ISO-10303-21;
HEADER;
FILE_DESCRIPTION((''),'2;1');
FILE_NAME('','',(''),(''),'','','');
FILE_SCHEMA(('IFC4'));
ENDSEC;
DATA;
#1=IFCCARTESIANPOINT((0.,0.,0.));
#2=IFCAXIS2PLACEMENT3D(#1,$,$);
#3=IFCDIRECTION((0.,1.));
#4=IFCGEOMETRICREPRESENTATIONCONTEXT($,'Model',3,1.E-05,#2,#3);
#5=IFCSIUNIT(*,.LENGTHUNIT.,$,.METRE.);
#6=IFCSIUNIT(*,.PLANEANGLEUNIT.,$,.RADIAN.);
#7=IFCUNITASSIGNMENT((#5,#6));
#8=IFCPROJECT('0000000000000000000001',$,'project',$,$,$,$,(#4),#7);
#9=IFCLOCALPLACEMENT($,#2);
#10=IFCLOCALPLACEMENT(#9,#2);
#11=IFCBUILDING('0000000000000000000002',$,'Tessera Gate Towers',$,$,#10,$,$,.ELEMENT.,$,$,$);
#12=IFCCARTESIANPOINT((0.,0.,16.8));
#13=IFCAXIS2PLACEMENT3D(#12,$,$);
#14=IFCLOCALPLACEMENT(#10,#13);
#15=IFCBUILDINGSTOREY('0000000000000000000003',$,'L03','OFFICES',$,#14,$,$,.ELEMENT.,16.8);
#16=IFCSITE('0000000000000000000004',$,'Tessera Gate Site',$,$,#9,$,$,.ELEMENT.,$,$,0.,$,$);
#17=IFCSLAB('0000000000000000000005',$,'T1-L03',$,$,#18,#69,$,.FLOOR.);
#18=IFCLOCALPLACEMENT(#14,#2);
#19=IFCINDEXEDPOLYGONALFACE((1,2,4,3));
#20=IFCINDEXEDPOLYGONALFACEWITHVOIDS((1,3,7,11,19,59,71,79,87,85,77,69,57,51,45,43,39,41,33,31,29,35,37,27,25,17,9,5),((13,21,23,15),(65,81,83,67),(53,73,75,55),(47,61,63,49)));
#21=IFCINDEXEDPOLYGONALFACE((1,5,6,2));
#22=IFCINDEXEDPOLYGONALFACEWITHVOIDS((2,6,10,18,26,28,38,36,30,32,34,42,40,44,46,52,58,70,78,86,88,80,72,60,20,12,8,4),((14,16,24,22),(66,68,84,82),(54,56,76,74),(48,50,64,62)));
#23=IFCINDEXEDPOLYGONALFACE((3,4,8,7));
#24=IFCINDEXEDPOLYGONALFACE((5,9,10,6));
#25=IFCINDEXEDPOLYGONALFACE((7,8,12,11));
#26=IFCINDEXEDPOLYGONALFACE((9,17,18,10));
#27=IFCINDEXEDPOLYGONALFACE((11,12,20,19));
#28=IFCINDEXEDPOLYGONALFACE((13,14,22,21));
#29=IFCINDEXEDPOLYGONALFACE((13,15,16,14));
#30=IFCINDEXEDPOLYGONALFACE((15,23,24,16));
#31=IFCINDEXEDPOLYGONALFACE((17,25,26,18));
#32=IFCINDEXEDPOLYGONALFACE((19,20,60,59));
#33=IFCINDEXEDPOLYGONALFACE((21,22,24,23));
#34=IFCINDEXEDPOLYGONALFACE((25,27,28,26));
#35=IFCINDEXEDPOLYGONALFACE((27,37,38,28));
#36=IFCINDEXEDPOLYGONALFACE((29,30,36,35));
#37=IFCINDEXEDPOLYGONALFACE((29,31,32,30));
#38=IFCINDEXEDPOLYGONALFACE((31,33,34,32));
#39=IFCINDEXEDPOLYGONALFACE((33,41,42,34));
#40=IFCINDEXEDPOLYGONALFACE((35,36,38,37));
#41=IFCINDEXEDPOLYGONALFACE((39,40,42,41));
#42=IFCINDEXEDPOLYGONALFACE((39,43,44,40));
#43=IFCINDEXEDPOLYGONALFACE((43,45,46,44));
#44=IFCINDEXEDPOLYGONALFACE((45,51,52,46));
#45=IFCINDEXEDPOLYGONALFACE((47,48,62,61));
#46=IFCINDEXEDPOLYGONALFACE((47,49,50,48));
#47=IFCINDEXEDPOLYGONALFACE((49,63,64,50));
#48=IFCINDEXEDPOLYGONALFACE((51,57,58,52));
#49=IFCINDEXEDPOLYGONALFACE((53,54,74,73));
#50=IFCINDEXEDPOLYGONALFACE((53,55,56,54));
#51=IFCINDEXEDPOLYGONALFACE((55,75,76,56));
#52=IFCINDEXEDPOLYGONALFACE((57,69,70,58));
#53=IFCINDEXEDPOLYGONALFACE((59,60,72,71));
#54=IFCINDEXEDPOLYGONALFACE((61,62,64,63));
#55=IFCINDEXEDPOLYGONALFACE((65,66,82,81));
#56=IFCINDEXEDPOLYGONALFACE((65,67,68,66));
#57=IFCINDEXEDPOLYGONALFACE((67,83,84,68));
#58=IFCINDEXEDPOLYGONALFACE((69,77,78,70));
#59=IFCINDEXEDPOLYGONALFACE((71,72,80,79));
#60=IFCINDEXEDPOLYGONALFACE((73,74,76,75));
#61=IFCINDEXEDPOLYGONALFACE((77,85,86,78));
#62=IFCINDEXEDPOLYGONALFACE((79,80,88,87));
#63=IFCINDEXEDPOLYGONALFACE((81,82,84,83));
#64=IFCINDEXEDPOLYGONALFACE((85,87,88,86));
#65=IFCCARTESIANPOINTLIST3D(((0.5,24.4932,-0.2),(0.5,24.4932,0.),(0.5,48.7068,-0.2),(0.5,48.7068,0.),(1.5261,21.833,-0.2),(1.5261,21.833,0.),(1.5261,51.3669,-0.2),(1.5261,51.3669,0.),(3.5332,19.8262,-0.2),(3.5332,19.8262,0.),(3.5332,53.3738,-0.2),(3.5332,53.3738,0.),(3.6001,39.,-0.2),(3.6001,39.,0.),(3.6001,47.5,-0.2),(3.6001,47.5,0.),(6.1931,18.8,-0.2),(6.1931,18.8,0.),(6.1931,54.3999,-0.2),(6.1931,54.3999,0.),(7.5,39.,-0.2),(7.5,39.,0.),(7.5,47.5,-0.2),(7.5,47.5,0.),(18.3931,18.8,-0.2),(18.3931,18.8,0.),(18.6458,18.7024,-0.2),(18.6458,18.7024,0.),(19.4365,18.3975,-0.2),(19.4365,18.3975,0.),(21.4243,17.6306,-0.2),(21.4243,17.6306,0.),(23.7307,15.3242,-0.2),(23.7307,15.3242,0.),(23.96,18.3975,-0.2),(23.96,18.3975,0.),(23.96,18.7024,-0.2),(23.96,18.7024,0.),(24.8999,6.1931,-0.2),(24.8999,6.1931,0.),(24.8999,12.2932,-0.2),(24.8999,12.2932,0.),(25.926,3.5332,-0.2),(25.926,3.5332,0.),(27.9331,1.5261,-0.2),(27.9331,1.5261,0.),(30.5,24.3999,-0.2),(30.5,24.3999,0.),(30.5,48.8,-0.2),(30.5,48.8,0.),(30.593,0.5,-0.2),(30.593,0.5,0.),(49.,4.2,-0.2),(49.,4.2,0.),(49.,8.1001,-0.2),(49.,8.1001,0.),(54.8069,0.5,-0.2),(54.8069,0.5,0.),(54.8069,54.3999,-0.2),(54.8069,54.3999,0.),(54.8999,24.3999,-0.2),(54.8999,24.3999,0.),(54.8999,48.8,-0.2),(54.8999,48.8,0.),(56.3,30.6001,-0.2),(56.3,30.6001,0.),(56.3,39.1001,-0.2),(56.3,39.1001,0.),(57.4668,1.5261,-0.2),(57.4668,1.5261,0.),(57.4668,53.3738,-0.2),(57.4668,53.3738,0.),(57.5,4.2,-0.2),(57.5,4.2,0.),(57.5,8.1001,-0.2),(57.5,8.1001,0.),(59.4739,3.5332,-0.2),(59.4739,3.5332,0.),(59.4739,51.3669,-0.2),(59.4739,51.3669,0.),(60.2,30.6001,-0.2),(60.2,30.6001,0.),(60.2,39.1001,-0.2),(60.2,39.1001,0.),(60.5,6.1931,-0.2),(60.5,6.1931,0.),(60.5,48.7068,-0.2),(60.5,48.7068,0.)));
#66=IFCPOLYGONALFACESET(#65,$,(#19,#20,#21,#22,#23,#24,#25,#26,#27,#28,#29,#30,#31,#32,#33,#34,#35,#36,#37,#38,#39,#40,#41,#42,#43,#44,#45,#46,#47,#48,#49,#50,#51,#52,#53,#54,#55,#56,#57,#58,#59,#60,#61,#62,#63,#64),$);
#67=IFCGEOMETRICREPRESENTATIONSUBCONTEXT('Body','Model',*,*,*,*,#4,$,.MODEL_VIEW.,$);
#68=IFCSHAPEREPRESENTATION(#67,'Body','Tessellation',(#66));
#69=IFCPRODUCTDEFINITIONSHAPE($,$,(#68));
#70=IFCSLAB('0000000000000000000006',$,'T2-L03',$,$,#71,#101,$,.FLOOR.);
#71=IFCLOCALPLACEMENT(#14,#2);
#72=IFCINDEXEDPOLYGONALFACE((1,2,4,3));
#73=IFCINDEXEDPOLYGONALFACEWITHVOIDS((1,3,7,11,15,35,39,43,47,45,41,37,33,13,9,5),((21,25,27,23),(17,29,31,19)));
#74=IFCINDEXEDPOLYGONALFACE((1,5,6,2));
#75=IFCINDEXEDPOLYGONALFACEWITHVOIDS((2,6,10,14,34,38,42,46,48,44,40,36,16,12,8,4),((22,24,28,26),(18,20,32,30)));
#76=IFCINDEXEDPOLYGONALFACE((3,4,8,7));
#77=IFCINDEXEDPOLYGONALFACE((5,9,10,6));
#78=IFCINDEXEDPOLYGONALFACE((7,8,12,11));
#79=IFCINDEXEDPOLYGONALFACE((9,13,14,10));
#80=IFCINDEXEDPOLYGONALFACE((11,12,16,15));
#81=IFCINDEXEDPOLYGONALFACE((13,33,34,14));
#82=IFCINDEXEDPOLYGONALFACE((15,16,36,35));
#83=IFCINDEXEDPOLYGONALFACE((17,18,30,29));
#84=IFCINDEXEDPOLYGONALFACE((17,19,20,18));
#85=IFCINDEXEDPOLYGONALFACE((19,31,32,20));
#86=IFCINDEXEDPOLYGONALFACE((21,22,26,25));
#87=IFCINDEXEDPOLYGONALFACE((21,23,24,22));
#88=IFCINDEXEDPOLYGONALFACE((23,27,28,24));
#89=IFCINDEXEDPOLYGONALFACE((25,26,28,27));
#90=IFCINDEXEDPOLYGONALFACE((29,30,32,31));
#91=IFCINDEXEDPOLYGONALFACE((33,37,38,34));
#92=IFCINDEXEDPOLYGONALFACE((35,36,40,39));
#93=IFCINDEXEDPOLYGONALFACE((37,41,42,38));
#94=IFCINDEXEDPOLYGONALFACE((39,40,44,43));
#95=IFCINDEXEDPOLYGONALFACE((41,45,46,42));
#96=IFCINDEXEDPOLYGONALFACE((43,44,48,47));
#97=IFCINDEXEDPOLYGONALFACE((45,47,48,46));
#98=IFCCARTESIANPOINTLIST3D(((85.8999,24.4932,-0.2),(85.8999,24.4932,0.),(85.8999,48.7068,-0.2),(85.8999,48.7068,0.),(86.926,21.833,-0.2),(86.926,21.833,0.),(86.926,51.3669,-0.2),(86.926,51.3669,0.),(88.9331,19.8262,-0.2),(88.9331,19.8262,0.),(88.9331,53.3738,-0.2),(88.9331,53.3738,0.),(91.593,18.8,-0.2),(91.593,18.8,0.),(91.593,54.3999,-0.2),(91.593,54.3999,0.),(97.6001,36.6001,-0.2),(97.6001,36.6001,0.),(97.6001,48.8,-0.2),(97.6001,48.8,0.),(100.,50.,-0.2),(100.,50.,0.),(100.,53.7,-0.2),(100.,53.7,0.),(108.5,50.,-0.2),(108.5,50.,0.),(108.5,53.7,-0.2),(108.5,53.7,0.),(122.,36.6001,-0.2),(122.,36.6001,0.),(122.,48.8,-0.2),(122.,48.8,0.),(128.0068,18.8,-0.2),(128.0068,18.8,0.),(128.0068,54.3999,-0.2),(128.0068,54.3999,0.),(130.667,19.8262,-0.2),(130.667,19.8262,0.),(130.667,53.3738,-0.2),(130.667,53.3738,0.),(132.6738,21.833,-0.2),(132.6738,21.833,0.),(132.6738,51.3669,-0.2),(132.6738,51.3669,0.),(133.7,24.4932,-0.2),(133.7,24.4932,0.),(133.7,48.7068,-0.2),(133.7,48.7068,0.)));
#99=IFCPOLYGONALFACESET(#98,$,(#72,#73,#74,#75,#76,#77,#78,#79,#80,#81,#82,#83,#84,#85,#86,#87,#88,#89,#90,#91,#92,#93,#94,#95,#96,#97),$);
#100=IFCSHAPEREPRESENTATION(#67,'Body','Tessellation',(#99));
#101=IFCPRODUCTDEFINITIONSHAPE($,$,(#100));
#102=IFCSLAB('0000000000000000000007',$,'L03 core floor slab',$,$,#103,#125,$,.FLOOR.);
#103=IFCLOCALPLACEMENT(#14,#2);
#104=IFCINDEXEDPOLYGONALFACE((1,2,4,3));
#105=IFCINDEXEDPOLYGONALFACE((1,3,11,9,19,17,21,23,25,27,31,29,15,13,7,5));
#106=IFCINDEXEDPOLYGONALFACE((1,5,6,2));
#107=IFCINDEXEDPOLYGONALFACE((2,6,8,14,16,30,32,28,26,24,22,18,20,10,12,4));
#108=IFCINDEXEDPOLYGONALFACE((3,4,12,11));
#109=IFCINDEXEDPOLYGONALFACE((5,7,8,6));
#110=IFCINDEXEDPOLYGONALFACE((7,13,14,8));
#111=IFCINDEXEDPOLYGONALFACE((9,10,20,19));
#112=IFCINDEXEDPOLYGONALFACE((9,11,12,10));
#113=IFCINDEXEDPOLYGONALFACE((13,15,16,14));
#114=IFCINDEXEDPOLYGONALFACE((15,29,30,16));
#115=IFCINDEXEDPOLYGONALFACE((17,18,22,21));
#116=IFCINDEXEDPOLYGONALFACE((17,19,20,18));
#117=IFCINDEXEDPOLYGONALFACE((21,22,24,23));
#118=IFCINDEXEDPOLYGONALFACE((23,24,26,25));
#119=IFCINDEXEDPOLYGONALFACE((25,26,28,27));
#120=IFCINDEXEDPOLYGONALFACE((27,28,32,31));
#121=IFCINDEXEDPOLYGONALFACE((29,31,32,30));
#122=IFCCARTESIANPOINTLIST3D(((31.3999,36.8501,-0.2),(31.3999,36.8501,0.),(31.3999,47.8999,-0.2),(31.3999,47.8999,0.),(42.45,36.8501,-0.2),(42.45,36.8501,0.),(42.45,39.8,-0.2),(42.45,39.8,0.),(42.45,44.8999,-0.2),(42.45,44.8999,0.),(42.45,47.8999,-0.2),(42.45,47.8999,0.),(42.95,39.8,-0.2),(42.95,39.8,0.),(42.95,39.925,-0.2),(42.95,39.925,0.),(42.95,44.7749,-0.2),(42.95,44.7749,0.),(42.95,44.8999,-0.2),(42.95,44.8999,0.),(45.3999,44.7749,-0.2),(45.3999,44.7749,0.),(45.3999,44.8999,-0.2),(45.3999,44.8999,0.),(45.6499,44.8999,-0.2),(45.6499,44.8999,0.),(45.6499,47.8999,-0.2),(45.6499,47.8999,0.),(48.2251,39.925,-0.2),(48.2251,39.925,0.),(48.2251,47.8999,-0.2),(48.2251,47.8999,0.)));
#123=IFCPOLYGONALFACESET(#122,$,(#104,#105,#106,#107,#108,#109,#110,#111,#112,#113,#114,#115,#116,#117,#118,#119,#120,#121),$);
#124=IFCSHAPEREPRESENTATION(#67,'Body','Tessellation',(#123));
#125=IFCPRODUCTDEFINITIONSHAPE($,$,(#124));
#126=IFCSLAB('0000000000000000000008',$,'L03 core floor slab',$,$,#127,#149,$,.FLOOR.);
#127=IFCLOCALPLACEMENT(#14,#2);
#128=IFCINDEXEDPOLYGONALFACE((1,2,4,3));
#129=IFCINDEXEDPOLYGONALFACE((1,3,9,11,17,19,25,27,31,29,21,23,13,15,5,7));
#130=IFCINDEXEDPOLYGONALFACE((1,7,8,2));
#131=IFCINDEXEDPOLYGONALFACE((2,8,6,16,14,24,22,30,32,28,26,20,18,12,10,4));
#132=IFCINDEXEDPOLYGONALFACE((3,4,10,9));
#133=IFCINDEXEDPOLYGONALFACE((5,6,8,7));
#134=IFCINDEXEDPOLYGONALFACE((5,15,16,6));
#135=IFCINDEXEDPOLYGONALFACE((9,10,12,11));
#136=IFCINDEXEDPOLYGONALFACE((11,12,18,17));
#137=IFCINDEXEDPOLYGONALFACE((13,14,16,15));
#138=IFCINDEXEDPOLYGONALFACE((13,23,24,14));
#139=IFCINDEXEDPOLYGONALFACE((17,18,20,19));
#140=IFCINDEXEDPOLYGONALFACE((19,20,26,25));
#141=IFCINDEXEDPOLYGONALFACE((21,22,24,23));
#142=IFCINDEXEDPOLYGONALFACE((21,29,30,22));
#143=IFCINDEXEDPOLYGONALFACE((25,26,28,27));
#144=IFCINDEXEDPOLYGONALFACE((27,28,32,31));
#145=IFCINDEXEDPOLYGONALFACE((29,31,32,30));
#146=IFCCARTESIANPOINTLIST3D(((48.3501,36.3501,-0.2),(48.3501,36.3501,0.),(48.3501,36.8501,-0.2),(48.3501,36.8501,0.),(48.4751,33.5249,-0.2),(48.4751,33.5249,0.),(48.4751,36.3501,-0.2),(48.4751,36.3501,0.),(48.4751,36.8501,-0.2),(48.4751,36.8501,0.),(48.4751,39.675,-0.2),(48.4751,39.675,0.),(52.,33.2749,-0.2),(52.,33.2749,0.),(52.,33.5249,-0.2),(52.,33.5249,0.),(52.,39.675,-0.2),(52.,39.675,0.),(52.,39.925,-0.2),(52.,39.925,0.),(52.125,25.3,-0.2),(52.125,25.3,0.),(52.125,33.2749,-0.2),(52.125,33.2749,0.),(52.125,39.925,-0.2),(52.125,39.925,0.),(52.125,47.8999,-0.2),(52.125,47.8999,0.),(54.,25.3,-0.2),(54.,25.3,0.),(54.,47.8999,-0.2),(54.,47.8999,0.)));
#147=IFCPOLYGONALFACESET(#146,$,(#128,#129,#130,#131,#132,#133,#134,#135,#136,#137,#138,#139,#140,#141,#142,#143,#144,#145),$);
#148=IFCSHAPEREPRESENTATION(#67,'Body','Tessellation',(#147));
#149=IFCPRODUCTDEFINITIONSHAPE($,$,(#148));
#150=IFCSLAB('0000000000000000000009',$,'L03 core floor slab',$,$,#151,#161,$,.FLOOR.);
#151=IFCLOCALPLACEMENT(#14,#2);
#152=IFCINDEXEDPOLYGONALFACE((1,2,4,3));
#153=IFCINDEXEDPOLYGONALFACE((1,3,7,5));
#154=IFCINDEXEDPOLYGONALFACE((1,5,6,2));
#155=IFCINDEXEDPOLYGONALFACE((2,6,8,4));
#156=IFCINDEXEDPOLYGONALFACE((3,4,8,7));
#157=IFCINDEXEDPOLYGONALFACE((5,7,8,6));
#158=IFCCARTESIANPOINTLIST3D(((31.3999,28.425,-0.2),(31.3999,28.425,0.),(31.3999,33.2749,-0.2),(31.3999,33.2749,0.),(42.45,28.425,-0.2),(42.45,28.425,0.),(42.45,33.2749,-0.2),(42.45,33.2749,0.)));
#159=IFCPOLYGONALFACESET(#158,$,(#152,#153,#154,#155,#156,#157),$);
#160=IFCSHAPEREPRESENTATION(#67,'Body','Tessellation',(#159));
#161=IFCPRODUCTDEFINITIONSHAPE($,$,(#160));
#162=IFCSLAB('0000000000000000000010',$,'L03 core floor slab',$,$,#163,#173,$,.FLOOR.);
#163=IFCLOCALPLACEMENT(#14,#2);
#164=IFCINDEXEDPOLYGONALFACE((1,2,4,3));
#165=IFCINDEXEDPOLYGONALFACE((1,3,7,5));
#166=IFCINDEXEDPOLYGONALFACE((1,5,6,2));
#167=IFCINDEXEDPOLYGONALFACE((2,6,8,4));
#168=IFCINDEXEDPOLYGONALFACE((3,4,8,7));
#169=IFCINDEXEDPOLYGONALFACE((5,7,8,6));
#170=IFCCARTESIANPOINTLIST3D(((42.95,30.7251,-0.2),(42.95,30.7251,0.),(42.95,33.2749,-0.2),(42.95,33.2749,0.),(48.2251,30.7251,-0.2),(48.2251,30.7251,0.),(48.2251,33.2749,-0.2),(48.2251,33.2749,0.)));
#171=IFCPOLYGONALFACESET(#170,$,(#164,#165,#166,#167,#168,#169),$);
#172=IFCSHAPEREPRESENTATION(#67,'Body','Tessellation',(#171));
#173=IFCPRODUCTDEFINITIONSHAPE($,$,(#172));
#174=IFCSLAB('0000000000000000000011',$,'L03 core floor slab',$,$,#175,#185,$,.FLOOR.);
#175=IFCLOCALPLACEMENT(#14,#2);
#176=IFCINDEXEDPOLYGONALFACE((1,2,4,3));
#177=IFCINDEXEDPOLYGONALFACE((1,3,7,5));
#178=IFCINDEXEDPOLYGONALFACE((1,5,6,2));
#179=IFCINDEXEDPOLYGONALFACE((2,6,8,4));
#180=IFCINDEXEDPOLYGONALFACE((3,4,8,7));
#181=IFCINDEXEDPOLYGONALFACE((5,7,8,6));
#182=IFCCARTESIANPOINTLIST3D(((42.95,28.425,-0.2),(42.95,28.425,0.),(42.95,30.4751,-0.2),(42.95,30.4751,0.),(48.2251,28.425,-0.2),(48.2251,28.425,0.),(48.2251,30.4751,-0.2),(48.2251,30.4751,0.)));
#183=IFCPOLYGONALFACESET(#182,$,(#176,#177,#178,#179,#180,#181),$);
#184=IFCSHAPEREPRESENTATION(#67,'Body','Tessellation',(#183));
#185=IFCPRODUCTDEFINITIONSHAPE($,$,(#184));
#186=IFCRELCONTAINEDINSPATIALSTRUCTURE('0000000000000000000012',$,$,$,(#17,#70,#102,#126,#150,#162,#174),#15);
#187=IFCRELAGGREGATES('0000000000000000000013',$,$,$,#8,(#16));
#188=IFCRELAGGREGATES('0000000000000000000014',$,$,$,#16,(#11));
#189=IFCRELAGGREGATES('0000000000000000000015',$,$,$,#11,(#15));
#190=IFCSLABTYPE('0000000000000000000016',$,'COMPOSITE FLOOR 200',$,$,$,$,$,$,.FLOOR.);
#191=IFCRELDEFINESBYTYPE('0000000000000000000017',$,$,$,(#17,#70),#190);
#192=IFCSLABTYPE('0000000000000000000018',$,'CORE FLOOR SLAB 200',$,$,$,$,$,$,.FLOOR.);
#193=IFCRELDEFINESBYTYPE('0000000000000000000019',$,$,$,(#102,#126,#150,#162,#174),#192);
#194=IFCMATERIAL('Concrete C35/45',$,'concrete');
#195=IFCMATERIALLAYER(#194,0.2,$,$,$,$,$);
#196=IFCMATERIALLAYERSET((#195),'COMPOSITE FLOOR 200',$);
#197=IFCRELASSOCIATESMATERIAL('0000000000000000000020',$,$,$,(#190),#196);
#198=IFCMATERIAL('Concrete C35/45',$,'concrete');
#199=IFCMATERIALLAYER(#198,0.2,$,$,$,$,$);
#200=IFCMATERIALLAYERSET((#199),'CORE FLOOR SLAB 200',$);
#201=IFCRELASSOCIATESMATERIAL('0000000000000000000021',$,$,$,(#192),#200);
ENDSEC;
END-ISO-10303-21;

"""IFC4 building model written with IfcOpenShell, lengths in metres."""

from ifc_helpers import new_model, si_unit, direction, frame, origin, place, context, subcontext, project, spatial, polyline, outline, extrude, material, layer, layer_set, type_object, element, save


model = new_model("IFC4")

# Units and contexts
model_context = context("Model", 3, precision=1e-05, world=origin(), true_north=direction((0.0, 1.0)))
body_context = subcontext(model_context, "Body", "Model", "MODEL_VIEW")
ifc_project = project(units=[si_unit("LENGTHUNIT", "METRE"), si_unit("PLANEANGLEUNIT", "RADIAN")], contexts=[model_context])

# Site, building, storey
site_placement = place(None, origin())
site = spatial("IfcSite", under=ifc_project, at=site_placement, Name="Tessera Gate Site", CompositionType="ELEMENT", RefElevation=0.0)
building_placement = place(site_placement, origin())
building = spatial("IfcBuilding", under=site, at=building_placement, Name="Tessera Gate Towers", CompositionType="ELEMENT")
storey_placement = place(building_placement, frame((0.0, 0.0, 16.8)))
storey = spatial("IfcBuildingStorey", under=building, at=storey_placement, Name="L03", Description="OFFICES", CompositionType="ELEMENT", Elevation=16.8)

# Slabs
ifc_material_1 = material(Name="Concrete C35/45", Category="concrete")
ifc_layer_1 = layer(ifc_material_1, 0.2)
ifc_layer_set_1 = layer_set([ifc_layer_1], Name="COMPOSITE FLOOR 200")
slab_type_1 = type_object("IfcSlabType", Name="COMPOSITE FLOOR 200", PredefinedType="FLOOR", material=ifc_layer_set_1)
slab_1_placement = place(storey_placement, frame((0.0, 0.0, -0.2)))
element("IfcSlab", 1, at=slab_1_placement, inside=storey, type_object=slab_type_1, Name="T1-L03", PredefinedType="FLOOR", context=body_context, shape_type="SweptSolid", body=[
    extrude(outline(polyline([(0.5, 24.4932), (1.5261, 21.833), (3.5332, 19.8262), (6.1931, 18.8), (18.3931, 18.8), (18.6458, 18.7024), (23.96, 18.7024), (23.96, 18.3975), (19.4365, 18.3975), (21.4243, 17.6306), (23.7307, 15.3242), (24.8999, 12.2932), (24.8999, 6.1931), (25.926, 3.5332), (27.9331, 1.5261), (30.593, 0.5), (54.8069, 0.5), (57.4668, 1.5261), (59.4739, 3.5332), (60.5, 6.1931), (60.5, 48.7068), (59.4739, 51.3669), (57.4668, 53.3738), (54.8069, 54.3999), (6.1931, 54.3999), (3.5332, 53.3738), (1.5261, 51.3669), (0.5, 48.7068), (0.5, 24.4932)]), holes=[polyline([(3.6001, 39.0), (3.6001, 47.5), (7.5, 47.5), (7.5, 39.0), (3.6001, 39.0)]), polyline([(30.5, 24.3999), (30.5, 48.8), (54.8999, 48.8), (54.8999, 24.3999), (30.5, 24.3999)]), polyline([(49.0, 4.2), (49.0, 8.1001), (57.5, 8.1001), (57.5, 4.2), (49.0, 4.2)]), polyline([(56.3, 30.6001), (56.3, 39.1001), (60.2, 39.1001), (60.2, 30.6001), (56.3, 30.6001)])]), origin(), (0.0, 0.0, 1.0), 0.2),
])
slab_2_placement = place(storey_placement, frame((0.0, 0.0, -0.2)))
element("IfcSlab", 2, at=slab_2_placement, inside=storey, type_object=slab_type_1, Name="T2-L03", PredefinedType="FLOOR", context=body_context, shape_type="SweptSolid", body=[
    extrude(outline(polyline([(85.8999, 24.4932), (86.926, 21.833), (88.9331, 19.8262), (91.593, 18.8), (128.0068, 18.8), (130.667, 19.8262), (132.6738, 21.833), (133.7, 24.4932), (133.7, 48.7068), (132.6738, 51.3669), (130.667, 53.3738), (128.0068, 54.3999), (91.593, 54.3999), (88.9331, 53.3738), (86.926, 51.3669), (85.8999, 48.7068), (85.8999, 24.4932)]), holes=[polyline([(97.6001, 36.6001), (97.6001, 48.8), (122.0, 48.8), (122.0, 36.6001), (97.6001, 36.6001)]), polyline([(100.0, 50.0), (100.0, 53.7), (108.5, 53.7), (108.5, 50.0), (100.0, 50.0)])]), origin(), (0.0, 0.0, 1.0), 0.2),
])
ifc_material_2 = material(Name="Concrete C35/45", Category="concrete")
ifc_layer_2 = layer(ifc_material_2, 0.2)
ifc_layer_set_2 = layer_set([ifc_layer_2], Name="CORE FLOOR SLAB 200")
slab_type_2 = type_object("IfcSlabType", Name="CORE FLOOR SLAB 200", PredefinedType="FLOOR", material=ifc_layer_set_2)
slab_3_placement = place(storey_placement, frame((0.0, 0.0, -0.2)))
element("IfcSlab", 3, at=slab_3_placement, inside=storey, type_object=slab_type_2, Name="L03 core floor slab", PredefinedType="FLOOR", context=body_context, shape_type="SweptSolid", body=[
    extrude(outline(polyline([(31.3999, 47.8999), (31.3999, 36.8501), (42.45, 36.8501), (42.45, 39.8), (42.95, 39.8), (42.95, 39.925), (48.2251, 39.925), (48.2251, 47.8999), (45.6499, 47.8999), (45.6499, 44.8999), (45.3999, 44.8999), (45.3999, 44.7749), (42.95, 44.7749), (42.95, 44.8999), (42.45, 44.8999), (42.45, 47.8999), (31.3999, 47.8999)])), origin(), (0.0, 0.0, 1.0), 0.2),
])
slab_4_placement = place(storey_placement, frame((0.0, 0.0, -0.2)))
element("IfcSlab", 4, at=slab_4_placement, inside=storey, type_object=slab_type_2, Name="L03 core floor slab", PredefinedType="FLOOR", context=body_context, shape_type="SweptSolid", body=[
    extrude(outline(polyline([(48.3501, 36.8501), (48.3501, 36.3501), (48.4751, 36.3501), (48.4751, 33.5249), (52.0, 33.5249), (52.0, 33.2749), (52.125, 33.2749), (52.125, 25.3), (54.0, 25.3), (54.0, 47.8999), (52.125, 47.8999), (52.125, 39.925), (52.0, 39.925), (52.0, 39.675), (48.4751, 39.675), (48.4751, 36.8501), (48.3501, 36.8501)])), origin(), (0.0, 0.0, 1.0), 0.2),
])
slab_5_placement = place(storey_placement, frame((0.0, 0.0, -0.2)))
element("IfcSlab", 5, at=slab_5_placement, inside=storey, type_object=slab_type_2, Name="L03 core floor slab", PredefinedType="FLOOR", context=body_context, shape_type="SweptSolid", body=[
    extrude(outline(polyline([(42.45, 28.425), (42.45, 33.2749), (31.3999, 33.2749), (31.3999, 28.425), (42.45, 28.425)])), origin(), (0.0, 0.0, 1.0), 0.2),
])
slab_6_placement = place(storey_placement, frame((0.0, 0.0, -0.2)))
element("IfcSlab", 6, at=slab_6_placement, inside=storey, type_object=slab_type_2, Name="L03 core floor slab", PredefinedType="FLOOR", context=body_context, shape_type="SweptSolid", body=[
    extrude(outline(polyline([(42.95, 33.2749), (42.95, 30.7251), (48.2251, 30.7251), (48.2251, 33.2749), (42.95, 33.2749)])), origin(), (0.0, 0.0, 1.0), 0.2),
])
slab_7_placement = place(storey_placement, frame((0.0, 0.0, -0.2)))
element("IfcSlab", 7, at=slab_7_placement, inside=storey, type_object=slab_type_2, Name="L03 core floor slab", PredefinedType="FLOOR", context=body_context, shape_type="SweptSolid", body=[
    extrude(outline(polyline([(42.95, 30.4751), (42.95, 28.425), (48.2251, 28.425), (48.2251, 30.4751), (42.95, 30.4751)])), origin(), (0.0, 0.0, 1.0), 0.2),
])

save(model, "model.ifc")
